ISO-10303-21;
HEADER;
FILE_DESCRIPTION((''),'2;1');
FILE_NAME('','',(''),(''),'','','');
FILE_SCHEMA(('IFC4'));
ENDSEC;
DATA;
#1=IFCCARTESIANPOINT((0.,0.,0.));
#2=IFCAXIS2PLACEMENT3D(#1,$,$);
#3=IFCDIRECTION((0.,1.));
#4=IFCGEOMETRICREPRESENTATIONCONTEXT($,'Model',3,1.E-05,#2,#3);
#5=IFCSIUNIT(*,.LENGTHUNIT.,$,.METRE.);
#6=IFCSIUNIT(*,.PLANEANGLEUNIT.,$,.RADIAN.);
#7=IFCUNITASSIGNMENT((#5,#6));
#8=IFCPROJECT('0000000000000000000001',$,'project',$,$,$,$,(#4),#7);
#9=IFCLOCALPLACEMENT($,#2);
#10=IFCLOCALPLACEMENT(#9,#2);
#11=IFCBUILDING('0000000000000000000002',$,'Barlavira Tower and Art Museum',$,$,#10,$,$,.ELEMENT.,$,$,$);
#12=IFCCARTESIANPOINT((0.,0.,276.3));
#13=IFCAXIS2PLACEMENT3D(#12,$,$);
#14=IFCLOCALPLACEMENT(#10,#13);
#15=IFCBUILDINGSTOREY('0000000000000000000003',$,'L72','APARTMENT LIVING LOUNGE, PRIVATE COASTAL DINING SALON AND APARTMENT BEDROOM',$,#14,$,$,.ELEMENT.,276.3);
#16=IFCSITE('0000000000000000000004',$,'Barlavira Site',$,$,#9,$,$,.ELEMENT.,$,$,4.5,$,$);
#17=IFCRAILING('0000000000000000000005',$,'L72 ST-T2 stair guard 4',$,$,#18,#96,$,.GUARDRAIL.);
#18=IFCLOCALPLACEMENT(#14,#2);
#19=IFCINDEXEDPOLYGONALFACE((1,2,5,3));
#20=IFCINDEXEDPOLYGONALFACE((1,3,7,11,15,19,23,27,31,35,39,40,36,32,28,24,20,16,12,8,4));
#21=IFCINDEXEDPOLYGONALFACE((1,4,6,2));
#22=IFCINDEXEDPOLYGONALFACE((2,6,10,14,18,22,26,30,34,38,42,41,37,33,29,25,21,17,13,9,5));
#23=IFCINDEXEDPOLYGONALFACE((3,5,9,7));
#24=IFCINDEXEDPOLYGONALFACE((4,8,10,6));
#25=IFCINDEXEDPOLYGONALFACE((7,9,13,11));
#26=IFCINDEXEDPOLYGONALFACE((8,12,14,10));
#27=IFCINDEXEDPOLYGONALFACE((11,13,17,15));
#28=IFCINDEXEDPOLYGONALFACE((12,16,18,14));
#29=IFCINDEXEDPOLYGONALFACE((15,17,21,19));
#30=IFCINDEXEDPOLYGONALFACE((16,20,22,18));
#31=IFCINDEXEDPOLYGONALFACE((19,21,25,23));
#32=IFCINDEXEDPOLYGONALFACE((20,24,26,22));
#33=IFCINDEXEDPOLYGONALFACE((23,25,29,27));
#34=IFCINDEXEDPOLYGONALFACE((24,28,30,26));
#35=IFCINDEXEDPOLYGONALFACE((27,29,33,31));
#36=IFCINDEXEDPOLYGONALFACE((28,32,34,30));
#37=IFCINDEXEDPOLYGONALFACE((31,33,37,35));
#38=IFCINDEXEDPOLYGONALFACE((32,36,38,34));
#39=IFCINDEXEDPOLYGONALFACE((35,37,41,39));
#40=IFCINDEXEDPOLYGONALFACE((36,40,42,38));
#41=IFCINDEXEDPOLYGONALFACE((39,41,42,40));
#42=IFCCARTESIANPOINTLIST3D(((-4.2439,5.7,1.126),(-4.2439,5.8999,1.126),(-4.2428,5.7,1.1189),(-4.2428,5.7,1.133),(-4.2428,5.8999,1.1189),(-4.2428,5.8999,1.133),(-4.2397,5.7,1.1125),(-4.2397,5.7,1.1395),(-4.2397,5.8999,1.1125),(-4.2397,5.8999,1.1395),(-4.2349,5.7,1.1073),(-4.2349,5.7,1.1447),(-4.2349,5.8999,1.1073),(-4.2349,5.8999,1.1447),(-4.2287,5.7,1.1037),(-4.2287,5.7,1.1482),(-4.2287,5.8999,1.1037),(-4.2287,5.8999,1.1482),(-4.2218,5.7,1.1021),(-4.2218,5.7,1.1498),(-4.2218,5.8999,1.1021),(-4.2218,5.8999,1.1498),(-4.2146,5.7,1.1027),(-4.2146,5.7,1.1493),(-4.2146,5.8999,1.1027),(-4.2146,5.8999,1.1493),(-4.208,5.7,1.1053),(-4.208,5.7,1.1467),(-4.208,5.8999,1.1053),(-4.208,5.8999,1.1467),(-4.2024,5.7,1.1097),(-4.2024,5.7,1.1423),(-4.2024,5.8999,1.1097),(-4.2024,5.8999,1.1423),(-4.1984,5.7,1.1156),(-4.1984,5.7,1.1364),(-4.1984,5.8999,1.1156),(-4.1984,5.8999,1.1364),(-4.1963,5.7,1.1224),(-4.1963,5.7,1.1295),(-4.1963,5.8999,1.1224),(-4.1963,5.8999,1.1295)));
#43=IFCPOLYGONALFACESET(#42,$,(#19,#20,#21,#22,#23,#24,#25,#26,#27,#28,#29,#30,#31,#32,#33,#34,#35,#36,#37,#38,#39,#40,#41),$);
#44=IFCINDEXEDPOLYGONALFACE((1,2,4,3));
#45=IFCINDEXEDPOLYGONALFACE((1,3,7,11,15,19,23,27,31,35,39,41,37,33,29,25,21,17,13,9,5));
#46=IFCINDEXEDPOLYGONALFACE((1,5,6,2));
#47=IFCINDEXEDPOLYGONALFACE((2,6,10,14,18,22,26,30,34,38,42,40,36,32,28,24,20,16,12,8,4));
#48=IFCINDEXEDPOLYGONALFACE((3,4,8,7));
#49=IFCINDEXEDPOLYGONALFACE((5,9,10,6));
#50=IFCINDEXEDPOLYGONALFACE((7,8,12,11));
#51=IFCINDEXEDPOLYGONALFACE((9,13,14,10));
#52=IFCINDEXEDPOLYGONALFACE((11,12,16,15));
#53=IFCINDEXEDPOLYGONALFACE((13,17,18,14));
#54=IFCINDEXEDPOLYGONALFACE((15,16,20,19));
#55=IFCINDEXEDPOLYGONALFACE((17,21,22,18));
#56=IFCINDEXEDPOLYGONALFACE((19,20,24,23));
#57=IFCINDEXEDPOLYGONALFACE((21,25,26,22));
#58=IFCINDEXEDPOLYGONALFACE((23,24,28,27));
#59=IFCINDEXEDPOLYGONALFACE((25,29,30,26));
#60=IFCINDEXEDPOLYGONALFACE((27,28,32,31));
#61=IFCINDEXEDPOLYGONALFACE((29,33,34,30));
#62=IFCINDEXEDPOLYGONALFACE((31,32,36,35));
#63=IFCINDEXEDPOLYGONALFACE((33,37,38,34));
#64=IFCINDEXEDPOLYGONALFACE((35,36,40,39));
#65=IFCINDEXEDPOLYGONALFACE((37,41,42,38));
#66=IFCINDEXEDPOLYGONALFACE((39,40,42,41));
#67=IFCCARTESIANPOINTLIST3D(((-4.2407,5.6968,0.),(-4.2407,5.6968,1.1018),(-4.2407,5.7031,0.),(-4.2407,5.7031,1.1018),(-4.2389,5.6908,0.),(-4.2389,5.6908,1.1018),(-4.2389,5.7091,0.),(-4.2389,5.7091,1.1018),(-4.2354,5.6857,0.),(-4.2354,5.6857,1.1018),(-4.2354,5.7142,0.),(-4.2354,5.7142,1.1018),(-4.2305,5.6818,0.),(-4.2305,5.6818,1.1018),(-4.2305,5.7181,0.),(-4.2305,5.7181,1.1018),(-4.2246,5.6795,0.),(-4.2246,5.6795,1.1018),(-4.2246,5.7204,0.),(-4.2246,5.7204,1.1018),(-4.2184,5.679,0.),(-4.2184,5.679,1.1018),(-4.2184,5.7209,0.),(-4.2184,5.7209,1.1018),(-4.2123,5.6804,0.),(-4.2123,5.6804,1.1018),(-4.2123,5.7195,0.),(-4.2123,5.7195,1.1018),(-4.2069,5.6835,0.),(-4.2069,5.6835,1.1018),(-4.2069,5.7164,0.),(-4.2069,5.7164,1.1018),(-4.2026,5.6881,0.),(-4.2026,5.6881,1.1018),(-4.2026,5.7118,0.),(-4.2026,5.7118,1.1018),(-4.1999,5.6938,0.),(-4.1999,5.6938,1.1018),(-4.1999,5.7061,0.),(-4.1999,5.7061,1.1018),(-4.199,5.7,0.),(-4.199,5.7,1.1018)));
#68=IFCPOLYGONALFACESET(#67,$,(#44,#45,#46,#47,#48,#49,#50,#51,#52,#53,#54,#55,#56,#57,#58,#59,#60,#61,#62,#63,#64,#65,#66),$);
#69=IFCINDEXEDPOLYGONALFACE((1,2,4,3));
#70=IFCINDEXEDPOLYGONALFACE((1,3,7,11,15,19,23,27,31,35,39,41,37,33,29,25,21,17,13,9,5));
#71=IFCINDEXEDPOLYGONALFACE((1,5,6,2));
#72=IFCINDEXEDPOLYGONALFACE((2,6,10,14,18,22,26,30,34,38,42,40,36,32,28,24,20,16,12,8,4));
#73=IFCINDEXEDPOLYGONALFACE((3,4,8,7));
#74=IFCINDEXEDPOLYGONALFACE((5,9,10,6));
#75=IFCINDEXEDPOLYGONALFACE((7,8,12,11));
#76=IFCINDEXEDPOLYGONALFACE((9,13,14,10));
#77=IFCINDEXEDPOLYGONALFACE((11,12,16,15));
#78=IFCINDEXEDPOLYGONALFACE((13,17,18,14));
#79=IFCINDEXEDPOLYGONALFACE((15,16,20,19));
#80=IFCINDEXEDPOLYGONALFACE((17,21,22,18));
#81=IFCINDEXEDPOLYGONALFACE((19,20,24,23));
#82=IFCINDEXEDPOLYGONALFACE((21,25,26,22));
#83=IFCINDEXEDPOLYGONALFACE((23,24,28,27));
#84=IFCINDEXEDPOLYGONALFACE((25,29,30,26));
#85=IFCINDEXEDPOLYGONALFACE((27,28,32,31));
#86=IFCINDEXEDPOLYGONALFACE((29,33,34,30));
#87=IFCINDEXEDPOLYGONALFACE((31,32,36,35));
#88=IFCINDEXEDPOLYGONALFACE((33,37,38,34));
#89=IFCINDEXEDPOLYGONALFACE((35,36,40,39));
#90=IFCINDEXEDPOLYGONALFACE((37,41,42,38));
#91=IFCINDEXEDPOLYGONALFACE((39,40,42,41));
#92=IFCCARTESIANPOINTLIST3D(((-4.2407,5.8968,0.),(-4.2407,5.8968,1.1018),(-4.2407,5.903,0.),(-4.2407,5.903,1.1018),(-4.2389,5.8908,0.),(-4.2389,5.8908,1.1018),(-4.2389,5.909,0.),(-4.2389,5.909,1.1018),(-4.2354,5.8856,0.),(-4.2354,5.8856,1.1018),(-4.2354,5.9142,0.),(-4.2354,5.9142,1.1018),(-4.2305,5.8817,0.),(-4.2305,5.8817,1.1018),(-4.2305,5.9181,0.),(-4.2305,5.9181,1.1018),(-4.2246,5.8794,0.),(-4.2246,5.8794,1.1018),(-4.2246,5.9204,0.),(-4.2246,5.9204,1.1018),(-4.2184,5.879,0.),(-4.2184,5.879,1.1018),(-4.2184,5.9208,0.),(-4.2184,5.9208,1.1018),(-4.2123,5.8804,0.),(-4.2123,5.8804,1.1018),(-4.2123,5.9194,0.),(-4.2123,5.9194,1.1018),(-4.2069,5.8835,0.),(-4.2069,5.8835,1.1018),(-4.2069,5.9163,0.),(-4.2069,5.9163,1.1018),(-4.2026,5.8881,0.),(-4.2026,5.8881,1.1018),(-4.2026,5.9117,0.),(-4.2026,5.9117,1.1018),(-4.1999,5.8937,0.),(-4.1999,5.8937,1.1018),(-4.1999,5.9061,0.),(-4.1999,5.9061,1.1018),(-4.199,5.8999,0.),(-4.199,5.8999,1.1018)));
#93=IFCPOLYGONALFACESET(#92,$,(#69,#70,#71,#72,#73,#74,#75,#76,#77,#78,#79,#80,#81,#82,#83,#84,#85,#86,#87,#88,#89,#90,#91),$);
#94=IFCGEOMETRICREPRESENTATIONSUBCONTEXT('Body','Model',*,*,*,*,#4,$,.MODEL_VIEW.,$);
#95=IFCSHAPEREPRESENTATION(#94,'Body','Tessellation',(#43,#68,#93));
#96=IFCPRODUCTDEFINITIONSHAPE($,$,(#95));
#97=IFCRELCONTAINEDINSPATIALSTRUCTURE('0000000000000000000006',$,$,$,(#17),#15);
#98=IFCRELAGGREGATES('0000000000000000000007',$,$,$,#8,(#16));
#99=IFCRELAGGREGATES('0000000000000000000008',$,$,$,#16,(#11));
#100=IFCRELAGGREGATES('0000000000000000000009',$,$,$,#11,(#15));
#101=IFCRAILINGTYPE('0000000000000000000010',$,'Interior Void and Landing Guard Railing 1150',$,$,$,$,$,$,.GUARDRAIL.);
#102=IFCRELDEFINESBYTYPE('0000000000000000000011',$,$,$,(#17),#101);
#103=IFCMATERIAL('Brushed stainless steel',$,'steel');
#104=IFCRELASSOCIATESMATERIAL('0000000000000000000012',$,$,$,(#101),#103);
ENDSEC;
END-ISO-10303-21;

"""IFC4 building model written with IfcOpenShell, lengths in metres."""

from ifc_helpers import new_model, si_unit, direction, frame, origin, origin_2d, place, context, subcontext, project, spatial, circle, extrude, material, type_object, element, save


model = new_model("IFC4")

# Units and contexts
model_context = context("Model", 3, precision=1e-05, world=origin(), true_north=direction((0.0, 1.0)))
body_context = subcontext(model_context, "Body", "Model", "MODEL_VIEW")
ifc_project = project(units=[si_unit("LENGTHUNIT", "METRE"), si_unit("PLANEANGLEUNIT", "RADIAN")], contexts=[model_context])

# Site, building, storey
site_placement = place(None, origin())
site = spatial("IfcSite", under=ifc_project, at=site_placement, Name="Barlavira Site", CompositionType="ELEMENT", RefElevation=4.5)
building_placement = place(site_placement, origin())
building = spatial("IfcBuilding", under=site, at=building_placement, Name="Barlavira Tower and Art Museum", CompositionType="ELEMENT")
storey_placement = place(building_placement, frame((0.0, 0.0, 276.3)))
storey = spatial("IfcBuildingStorey", under=building, at=storey_placement, Name="L72", Description="APARTMENT LIVING LOUNGE, PRIVATE COASTAL DINING SALON AND APARTMENT BEDROOM", CompositionType="ELEMENT", Elevation=276.3)

# Shared definitions
ifc_material_1 = material(Name="Brushed stainless steel", Category="steel")

# Railing
railing_type_1 = type_object("IfcRailingType", Name="Interior Void and Landing Guard Railing 1150", PredefinedType="GUARDRAIL", material=ifc_material_1)
railing_1_placement = place(storey_placement, frame((-4.22, 5.7, 0.0)))
element("IfcRailing", 1, at=railing_1_placement, inside=storey, type_object=railing_type_1, Name="L72 ST-T2 stair guard 4", PredefinedType="GUARDRAIL", context=body_context, shape_type="SweptSolid", body=[
    extrude(circle(Radius=0.0239, at=origin_2d()), frame((0.0, 0.0, 1.126), z_axis=(0.0, 1.0, 0.0), x_axis=(-1.0, 0.0, 0.0)), (0.0, 0.0, 1.0), 0.2),
    extrude(circle(Radius=0.021, at=origin_2d()), origin(), (0.0, 0.0, 1.0), 1.1018),
    extrude(circle(Radius=0.021, at=origin_2d()), frame((0.0, 0.2, 0.0)), (0.0, 0.0, 1.0), 1.1018),
])

save(model, "model.ifc")
